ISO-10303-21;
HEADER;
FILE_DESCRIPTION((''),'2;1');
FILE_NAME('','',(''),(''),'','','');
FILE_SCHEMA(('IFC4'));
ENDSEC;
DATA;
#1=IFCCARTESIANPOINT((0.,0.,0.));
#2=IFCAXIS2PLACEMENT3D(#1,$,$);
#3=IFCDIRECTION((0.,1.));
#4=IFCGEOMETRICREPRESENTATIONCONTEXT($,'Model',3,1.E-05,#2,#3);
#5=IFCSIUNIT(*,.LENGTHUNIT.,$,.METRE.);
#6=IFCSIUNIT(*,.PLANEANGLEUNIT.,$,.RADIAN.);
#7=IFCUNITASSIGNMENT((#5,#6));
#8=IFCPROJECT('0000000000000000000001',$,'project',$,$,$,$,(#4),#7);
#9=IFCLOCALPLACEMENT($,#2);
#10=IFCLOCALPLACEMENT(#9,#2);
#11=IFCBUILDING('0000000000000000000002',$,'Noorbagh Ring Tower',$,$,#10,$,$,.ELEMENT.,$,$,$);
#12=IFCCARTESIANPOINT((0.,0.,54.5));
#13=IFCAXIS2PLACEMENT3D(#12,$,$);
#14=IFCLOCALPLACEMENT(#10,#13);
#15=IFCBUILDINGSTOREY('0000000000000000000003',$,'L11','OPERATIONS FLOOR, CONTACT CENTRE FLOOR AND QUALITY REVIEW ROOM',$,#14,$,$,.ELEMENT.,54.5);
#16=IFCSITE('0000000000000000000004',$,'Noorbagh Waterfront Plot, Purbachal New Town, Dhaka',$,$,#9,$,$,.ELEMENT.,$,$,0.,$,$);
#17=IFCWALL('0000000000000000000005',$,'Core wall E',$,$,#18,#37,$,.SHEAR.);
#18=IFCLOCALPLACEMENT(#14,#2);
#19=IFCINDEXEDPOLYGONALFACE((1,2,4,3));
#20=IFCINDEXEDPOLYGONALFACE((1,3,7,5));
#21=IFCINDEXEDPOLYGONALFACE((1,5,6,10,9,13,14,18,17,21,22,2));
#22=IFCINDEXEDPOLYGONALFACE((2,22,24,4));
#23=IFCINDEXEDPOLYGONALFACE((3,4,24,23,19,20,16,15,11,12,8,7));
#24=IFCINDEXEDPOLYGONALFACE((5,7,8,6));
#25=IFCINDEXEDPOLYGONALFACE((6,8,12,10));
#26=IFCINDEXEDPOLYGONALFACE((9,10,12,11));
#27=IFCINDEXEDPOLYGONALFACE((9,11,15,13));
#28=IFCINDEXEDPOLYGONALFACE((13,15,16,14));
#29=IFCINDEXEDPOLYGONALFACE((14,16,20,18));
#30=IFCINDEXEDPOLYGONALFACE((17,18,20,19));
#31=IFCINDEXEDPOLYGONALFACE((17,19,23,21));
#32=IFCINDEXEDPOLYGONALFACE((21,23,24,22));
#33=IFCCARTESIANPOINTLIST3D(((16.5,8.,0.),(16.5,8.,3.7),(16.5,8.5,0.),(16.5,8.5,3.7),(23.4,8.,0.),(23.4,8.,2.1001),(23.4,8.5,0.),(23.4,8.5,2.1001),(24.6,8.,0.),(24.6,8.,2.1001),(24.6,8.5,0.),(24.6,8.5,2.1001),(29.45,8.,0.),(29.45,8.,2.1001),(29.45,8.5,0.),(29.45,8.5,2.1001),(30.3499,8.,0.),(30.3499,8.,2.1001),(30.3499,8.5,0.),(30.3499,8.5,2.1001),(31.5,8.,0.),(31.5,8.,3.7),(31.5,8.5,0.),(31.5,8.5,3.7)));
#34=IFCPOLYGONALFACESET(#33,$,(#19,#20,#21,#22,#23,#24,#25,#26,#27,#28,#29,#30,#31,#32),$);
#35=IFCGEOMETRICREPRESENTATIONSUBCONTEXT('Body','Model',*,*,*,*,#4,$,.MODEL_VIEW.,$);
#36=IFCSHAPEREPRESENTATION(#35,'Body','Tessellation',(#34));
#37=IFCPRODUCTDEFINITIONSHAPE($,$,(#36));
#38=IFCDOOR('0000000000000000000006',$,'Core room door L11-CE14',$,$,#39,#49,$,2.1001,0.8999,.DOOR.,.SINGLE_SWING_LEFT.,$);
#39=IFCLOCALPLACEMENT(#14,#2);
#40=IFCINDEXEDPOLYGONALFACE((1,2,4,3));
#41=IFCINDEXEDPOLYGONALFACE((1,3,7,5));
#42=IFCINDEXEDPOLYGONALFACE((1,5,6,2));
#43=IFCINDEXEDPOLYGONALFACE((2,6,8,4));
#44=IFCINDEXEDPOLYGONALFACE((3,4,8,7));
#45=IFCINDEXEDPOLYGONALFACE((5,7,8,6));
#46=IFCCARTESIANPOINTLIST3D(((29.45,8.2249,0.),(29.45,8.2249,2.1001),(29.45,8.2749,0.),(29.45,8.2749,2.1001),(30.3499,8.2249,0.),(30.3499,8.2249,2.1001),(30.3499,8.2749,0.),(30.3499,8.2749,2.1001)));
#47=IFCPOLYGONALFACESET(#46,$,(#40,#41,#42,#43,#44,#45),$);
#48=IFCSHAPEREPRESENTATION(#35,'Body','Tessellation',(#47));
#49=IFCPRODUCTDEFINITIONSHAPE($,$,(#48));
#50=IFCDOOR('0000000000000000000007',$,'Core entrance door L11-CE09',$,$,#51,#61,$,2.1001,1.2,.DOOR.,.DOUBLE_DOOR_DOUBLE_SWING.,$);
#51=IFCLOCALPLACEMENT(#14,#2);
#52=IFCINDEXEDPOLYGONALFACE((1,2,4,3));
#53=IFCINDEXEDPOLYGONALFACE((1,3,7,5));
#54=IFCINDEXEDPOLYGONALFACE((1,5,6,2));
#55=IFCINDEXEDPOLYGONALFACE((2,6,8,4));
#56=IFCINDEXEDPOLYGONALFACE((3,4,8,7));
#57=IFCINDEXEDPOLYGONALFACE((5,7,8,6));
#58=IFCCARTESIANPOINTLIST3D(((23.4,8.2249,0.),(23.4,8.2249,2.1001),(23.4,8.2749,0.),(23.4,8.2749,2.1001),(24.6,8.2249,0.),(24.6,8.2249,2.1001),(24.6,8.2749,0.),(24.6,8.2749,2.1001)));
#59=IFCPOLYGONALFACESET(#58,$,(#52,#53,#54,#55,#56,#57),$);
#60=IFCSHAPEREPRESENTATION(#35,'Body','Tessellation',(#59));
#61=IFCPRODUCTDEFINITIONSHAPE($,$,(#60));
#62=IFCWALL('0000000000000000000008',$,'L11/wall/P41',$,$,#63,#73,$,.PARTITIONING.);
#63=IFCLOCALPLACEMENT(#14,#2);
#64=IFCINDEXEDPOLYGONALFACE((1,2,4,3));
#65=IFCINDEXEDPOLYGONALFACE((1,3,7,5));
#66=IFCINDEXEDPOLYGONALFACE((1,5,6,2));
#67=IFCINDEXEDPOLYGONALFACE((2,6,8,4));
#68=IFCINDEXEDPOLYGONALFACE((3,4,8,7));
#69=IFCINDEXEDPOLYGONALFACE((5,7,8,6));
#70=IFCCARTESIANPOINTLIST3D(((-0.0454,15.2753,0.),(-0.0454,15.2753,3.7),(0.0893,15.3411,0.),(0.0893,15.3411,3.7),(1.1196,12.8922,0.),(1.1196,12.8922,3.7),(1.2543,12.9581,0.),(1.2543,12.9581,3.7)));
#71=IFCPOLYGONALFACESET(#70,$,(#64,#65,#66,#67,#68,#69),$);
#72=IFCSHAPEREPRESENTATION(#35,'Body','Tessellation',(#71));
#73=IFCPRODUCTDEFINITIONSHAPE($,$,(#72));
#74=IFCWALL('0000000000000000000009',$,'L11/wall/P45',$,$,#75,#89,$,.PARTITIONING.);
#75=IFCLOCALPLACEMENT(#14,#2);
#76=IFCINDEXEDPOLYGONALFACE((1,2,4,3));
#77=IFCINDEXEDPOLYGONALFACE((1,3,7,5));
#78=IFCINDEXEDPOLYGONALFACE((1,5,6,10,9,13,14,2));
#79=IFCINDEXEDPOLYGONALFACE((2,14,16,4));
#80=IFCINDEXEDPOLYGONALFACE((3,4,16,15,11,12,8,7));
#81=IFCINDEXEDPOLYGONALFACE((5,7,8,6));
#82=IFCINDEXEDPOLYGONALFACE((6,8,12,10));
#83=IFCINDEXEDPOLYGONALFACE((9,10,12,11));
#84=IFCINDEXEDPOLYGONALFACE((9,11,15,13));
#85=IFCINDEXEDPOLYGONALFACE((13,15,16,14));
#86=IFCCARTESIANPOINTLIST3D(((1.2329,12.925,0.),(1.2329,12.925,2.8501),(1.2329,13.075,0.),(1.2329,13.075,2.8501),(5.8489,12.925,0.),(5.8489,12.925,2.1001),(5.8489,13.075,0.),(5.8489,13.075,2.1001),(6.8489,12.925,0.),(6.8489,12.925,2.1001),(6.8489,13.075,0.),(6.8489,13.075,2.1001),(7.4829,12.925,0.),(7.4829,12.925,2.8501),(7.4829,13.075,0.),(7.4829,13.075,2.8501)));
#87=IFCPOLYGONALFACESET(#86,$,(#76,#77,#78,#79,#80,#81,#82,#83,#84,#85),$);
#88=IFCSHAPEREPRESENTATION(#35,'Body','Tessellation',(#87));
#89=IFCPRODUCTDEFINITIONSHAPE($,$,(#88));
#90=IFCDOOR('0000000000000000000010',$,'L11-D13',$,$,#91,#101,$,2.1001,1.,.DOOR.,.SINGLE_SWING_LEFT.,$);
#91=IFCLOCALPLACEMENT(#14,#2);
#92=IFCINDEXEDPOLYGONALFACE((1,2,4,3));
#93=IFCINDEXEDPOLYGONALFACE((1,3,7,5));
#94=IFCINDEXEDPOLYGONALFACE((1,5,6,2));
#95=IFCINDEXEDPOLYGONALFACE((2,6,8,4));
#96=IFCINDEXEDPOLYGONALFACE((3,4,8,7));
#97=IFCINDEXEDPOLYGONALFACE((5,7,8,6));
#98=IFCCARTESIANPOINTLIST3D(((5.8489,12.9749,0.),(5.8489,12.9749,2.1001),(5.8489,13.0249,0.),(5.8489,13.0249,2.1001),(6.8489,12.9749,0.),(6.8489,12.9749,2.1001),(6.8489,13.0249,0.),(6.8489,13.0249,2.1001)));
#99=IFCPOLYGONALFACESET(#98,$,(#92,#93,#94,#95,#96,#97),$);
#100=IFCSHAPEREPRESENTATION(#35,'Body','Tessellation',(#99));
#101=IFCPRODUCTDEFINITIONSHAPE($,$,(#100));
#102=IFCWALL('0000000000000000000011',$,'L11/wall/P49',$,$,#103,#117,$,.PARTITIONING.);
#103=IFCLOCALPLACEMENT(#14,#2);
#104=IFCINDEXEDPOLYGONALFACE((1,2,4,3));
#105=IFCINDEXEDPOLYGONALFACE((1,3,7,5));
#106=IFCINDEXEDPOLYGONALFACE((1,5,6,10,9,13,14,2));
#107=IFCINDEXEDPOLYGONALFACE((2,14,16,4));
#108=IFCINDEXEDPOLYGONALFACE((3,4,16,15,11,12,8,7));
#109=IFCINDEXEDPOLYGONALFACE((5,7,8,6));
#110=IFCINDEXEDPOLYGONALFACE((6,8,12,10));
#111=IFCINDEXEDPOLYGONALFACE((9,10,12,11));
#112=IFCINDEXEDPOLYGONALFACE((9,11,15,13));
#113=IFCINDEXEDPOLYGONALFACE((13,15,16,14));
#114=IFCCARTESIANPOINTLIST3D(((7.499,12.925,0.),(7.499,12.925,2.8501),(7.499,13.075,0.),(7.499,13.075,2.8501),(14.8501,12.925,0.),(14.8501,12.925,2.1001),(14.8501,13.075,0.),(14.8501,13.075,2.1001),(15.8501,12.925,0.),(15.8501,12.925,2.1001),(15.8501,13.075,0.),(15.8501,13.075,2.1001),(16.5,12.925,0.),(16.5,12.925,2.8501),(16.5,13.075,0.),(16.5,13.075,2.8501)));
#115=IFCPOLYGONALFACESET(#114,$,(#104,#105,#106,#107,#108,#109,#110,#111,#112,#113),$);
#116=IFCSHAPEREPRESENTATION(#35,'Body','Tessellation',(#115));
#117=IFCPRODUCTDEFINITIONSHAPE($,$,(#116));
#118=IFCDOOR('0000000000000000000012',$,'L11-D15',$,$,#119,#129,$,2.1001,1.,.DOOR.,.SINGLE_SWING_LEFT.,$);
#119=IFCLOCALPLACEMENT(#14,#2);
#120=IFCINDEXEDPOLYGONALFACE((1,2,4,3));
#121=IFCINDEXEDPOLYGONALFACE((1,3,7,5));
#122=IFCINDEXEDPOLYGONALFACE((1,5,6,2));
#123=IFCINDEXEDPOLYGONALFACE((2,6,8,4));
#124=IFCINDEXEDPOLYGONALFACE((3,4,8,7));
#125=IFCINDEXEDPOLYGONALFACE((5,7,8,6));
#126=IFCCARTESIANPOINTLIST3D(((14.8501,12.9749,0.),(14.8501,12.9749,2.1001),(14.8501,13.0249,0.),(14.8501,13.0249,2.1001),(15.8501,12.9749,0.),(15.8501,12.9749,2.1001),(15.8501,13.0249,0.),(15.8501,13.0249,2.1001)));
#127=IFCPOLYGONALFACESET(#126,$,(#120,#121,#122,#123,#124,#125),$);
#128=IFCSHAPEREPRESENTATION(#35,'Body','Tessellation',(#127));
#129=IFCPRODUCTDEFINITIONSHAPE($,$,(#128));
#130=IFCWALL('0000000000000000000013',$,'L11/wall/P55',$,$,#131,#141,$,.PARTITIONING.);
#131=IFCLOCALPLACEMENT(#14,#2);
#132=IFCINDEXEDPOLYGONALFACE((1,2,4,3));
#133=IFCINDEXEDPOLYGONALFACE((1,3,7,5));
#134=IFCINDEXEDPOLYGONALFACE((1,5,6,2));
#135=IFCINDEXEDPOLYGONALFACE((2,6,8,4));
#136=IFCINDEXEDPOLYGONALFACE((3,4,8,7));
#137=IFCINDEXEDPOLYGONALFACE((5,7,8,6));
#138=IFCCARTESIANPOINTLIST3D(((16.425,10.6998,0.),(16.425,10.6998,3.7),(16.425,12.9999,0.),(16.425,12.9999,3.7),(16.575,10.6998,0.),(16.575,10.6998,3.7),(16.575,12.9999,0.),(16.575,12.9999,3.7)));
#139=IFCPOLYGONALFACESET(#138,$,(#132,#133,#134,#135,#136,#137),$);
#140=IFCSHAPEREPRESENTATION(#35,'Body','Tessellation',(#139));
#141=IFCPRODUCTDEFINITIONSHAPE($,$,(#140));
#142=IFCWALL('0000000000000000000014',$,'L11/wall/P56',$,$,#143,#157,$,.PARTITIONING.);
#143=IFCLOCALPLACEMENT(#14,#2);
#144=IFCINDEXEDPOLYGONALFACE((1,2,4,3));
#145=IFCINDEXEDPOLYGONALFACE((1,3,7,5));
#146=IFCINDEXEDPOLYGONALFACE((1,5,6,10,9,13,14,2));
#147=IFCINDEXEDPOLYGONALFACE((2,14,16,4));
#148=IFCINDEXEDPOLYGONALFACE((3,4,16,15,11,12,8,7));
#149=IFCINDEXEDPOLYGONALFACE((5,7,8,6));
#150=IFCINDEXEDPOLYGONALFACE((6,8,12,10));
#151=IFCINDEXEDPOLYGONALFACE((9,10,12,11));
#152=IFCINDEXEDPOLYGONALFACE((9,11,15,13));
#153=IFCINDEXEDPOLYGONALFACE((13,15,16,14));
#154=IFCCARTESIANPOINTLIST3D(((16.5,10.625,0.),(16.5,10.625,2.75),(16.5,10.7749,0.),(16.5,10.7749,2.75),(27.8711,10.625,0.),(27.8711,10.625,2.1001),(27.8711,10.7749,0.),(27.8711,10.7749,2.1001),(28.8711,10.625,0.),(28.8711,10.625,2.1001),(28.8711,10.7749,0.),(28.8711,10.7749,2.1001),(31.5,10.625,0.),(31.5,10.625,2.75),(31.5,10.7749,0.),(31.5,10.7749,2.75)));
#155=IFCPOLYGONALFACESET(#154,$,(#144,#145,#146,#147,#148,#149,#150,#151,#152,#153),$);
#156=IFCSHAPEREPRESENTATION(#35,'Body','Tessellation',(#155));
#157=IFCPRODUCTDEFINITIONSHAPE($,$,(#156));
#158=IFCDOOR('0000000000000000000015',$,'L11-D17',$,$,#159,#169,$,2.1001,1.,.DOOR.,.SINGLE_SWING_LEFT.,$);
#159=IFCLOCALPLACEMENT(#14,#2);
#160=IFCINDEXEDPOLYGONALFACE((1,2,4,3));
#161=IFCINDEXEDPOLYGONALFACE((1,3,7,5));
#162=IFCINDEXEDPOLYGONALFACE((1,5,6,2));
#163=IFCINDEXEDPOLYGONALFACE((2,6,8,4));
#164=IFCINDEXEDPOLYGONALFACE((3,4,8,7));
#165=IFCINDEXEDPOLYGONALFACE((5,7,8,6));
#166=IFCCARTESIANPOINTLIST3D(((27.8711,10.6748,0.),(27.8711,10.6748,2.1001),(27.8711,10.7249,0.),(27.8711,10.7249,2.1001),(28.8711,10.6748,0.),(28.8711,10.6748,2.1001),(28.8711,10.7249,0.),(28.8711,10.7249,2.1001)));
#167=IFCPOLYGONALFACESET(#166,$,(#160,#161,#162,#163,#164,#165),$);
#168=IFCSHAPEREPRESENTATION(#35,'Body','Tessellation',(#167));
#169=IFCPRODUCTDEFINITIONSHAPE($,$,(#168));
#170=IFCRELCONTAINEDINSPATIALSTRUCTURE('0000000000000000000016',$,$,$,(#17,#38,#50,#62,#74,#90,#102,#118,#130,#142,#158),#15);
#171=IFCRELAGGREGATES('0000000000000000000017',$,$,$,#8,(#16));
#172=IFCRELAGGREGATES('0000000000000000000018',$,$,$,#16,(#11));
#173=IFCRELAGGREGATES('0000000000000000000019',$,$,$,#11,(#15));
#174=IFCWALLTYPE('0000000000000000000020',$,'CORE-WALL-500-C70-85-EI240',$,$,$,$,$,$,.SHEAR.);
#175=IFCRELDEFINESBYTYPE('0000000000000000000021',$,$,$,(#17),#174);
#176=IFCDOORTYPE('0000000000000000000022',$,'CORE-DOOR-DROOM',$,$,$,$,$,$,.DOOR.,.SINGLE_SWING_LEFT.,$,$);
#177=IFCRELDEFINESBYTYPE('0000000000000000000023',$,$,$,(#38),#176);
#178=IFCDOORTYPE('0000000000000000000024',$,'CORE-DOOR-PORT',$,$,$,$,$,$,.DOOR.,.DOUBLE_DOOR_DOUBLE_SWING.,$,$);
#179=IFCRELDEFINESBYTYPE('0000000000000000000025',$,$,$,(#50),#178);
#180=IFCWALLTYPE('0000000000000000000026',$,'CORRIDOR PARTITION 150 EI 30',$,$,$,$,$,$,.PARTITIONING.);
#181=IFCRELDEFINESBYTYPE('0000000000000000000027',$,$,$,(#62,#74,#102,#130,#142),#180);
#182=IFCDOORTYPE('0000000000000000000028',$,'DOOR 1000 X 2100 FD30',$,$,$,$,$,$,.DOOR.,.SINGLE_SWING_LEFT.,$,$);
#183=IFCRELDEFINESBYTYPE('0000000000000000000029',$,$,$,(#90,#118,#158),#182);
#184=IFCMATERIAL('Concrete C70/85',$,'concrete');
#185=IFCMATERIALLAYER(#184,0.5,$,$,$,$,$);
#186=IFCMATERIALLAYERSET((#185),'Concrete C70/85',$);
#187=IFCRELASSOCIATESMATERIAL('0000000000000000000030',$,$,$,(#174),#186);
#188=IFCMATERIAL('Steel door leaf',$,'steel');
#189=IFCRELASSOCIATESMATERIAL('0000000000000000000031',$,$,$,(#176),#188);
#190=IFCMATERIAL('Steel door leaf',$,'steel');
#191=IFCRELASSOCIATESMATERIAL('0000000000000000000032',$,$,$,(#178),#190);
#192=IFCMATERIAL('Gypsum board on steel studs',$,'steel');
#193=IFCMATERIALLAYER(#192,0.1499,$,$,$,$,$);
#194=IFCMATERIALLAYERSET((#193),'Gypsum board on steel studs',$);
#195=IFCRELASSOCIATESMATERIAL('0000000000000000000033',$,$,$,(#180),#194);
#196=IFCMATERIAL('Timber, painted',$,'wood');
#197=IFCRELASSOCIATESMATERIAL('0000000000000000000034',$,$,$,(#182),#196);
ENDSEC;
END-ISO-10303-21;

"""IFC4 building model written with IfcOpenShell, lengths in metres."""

from ifc_helpers import new_model, si_unit, direction, frame, frame_2d, origin, place, context, subcontext, project, spatial, rectangle, extrude, material, layer, layer_set, type_object, element, fill, save


model = new_model("IFC4")

# Units and contexts
model_context = context("Model", 3, precision=1e-05, world=origin(), true_north=direction((0.0, 1.0)))
body_context = subcontext(model_context, "Body", "Model", "MODEL_VIEW")
ifc_project = project(units=[si_unit("LENGTHUNIT", "METRE"), si_unit("PLANEANGLEUNIT", "RADIAN")], contexts=[model_context])

# Site, building, storey
site_placement = place(None, origin())
site = spatial("IfcSite", under=ifc_project, at=site_placement, Name="Noorbagh Waterfront Plot, Purbachal New Town, Dhaka", CompositionType="ELEMENT", RefElevation=0.0)
building_placement = place(site_placement, origin())
building = spatial("IfcBuilding", under=site, at=building_placement, Name="Noorbagh Ring Tower", CompositionType="ELEMENT")
storey_placement = place(building_placement, frame((0.0, 0.0, 54.5)))
storey = spatial("IfcBuildingStorey", under=building, at=storey_placement, Name="L11", Description="OPERATIONS FLOOR, CONTACT CENTRE FLOOR AND QUALITY REVIEW ROOM", CompositionType="ELEMENT", Elevation=54.5)

# Wall, openings, doors
ifc_material_1 = material(Name="Concrete C70/85", Category="concrete")
ifc_layer_1 = layer(ifc_material_1, 0.5)
ifc_layer_set_1 = layer_set([ifc_layer_1], Name="Concrete C70/85")
wall_type_1 = type_object("IfcWallType", Name="CORE-WALL-500-C70-85-EI240", PredefinedType="SHEAR", material=ifc_layer_set_1)
wall_1_placement = place(storey_placement, frame((16.5, 8.25, 0.0), z_axis=(0.0, 0.0, 1.0), x_axis=(1.0, 0.0, 0.0)))
wall_1 = element("IfcWall", 1, at=wall_1_placement, inside=storey, type_object=wall_type_1, Name="Core wall E", PredefinedType="SHEAR", context=body_context, shape_type="SweptSolid", body=[
    extrude(rectangle(XDim=15.0, YDim=0.5, at=frame_2d((7.5, 0.0))), origin(), (0.0, 0.0, 1.0), 3.7),
])
opening_1_placement = place(wall_1_placement, frame((6.8999, 0.0, 0.0)))
opening_1 = element("IfcOpeningElement", 2, at=opening_1_placement, cuts=wall_1, PredefinedType="OPENING", context=body_context, shape_type="SweptSolid", body=[
    extrude(rectangle(XDim=1.2, YDim=2.1001, at=frame_2d((0.6001, 1.05))), frame((0.0, 0.26, 0.0), z_axis=(0.0, -1.0, 0.0), x_axis=(1.0, 0.0, 0.0)), (0.0, 0.0, 1.0), 0.52),
])
opening_2_placement = place(wall_1_placement, frame((12.95, 0.0, 0.0)))
opening_2 = element("IfcOpeningElement", 3, at=opening_2_placement, cuts=wall_1, PredefinedType="OPENING", context=body_context, shape_type="SweptSolid", body=[
    extrude(rectangle(XDim=0.8999, YDim=2.1001, at=frame_2d((0.45, 1.05))), frame((0.0, 0.26, 0.0), z_axis=(0.0, -1.0, 0.0), x_axis=(1.0, 0.0, 0.0)), (0.0, 0.0, 1.0), 0.52),
])
ifc_material_2 = material(Name="Steel door leaf", Category="steel")
door_type_1 = type_object("IfcDoorType", Name="CORE-DOOR-DROOM", OperationType="SINGLE_SWING_LEFT", PredefinedType="DOOR", material=ifc_material_2)
door_1_placement = place(opening_2_placement, origin())
door_1 = element("IfcDoor", 4, at=door_1_placement, inside=storey, type_object=door_type_1, Name="Core room door L11-CE14", OperationType="SINGLE_SWING_LEFT", OverallHeight=2.1001, OverallWidth=0.8999, PredefinedType="DOOR", context=body_context, shape_type="SweptSolid", body=[
    extrude(rectangle(XDim=0.8999, YDim=2.1001, at=frame_2d((0.45, 1.05))), frame((0.0, 0.0249, 0.0), z_axis=(0.0, -1.0, 0.0), x_axis=(1.0, 0.0, 0.0)), (0.0, 0.0, 1.0), 0.05),
])
fill(opening_2, door_1)
ifc_material_3 = material(Name="Steel door leaf", Category="steel")
door_type_2 = type_object("IfcDoorType", Name="CORE-DOOR-PORT", OperationType="DOUBLE_DOOR_DOUBLE_SWING", PredefinedType="DOOR", material=ifc_material_3)
door_2_placement = place(opening_1_placement, origin())
door_2 = element("IfcDoor", 5, at=door_2_placement, inside=storey, type_object=door_type_2, Name="Core entrance door L11-CE09", OperationType="DOUBLE_DOOR_DOUBLE_SWING", OverallHeight=2.1001, OverallWidth=1.2, PredefinedType="DOOR", context=body_context, shape_type="SweptSolid", body=[
    extrude(rectangle(XDim=1.2, YDim=2.1001, at=frame_2d((0.6001, 1.05))), frame((0.0, 0.0249, 0.0), z_axis=(0.0, -1.0, 0.0), x_axis=(1.0, 0.0, 0.0)), (0.0, 0.0, 1.0), 0.05),
])
fill(opening_1, door_2)

# Wall
ifc_material_4 = material(Name="Gypsum board on steel studs", Category="steel")
ifc_layer_2 = layer(ifc_material_4, 0.1499)
ifc_layer_set_2 = layer_set([ifc_layer_2], Name="Gypsum board on steel studs")
wall_type_2 = type_object("IfcWallType", Name="CORRIDOR PARTITION 150 EI 30", PredefinedType="PARTITIONING", material=ifc_layer_set_2)
wall_2_placement = place(storey_placement, frame((0.022, 15.3081, 0.0), z_axis=(0.0, 0.0, 1.0), x_axis=(0.439207, -0.898386, 0.0)))
element("IfcWall", 6, at=wall_2_placement, inside=storey, type_object=wall_type_2, Name="L11/wall/P41", PredefinedType="PARTITIONING", context=body_context, shape_type="SweptSolid", body=[
    extrude(rectangle(XDim=2.6526, YDim=0.1499, at=frame_2d((1.3262, 0.0))), origin(), (0.0, 0.0, 1.0), 3.7),
])

# Walls, openings, doors
wall_3_placement = place(storey_placement, frame((1.2329, 13.0, 0.0), z_axis=(0.0, 0.0, 1.0), x_axis=(1.0, 0.0, 0.0)))
wall_3 = element("IfcWall", 7, at=wall_3_placement, inside=storey, type_object=wall_type_2, Name="L11/wall/P45", PredefinedType="PARTITIONING", context=body_context, shape_type="SweptSolid", body=[
    extrude(rectangle(XDim=6.25, YDim=0.1499, at=frame_2d((3.125, 0.0))), origin(), (0.0, 0.0, 1.0), 2.8501),
])
opening_3_placement = place(wall_3_placement, frame((4.616, 0.0, 0.0)))
opening_3 = element("IfcOpeningElement", 8, at=opening_3_placement, cuts=wall_3, PredefinedType="OPENING", context=body_context, shape_type="SweptSolid", body=[
    extrude(rectangle(XDim=1.0, YDim=2.1001, at=frame_2d((0.5, 1.05))), frame((0.0, 0.085, 0.0), z_axis=(0.0, -1.0, 0.0), x_axis=(1.0, 0.0, 0.0)), (0.0, 0.0, 1.0), 0.1699),
])
ifc_material_5 = material(Name="Timber, painted", Category="wood")
door_type_3 = type_object("IfcDoorType", Name="DOOR 1000 X 2100 FD30", OperationType="SINGLE_SWING_LEFT", PredefinedType="DOOR", material=ifc_material_5)
door_3_placement = place(opening_3_placement, origin())
door_3 = element("IfcDoor", 9, at=door_3_placement, inside=storey, type_object=door_type_3, Name="L11-D13", OperationType="SINGLE_SWING_LEFT", OverallHeight=2.1001, OverallWidth=1.0, PredefinedType="DOOR", context=body_context, shape_type="SweptSolid", body=[
    extrude(rectangle(XDim=1.0, YDim=2.1001, at=frame_2d((0.5, 1.05))), frame((0.0, 0.0249, 0.0), z_axis=(0.0, -1.0, 0.0), x_axis=(1.0, 0.0, 0.0)), (0.0, 0.0, 1.0), 0.05),
])
fill(opening_3, door_3)
wall_4_placement = place(storey_placement, frame((7.499, 13.0, 0.0), z_axis=(0.0, 0.0, 1.0), x_axis=(1.0, 0.0, 0.0)))
wall_4 = element("IfcWall", 10, at=wall_4_placement, inside=storey, type_object=wall_type_2, Name="L11/wall/P49", PredefinedType="PARTITIONING", context=body_context, shape_type="SweptSolid", body=[
    extrude(rectangle(XDim=9.001, YDim=0.1499, at=frame_2d((4.5005, 0.0))), origin(), (0.0, 0.0, 1.0), 2.8501),
])
opening_4_placement = place(wall_4_placement, frame((7.3511, 0.0, 0.0)))
opening_4 = element("IfcOpeningElement", 11, at=opening_4_placement, cuts=wall_4, PredefinedType="OPENING", context=body_context, shape_type="SweptSolid", body=[
    extrude(rectangle(XDim=1.0, YDim=2.1001, at=frame_2d((0.5, 1.05))), frame((0.0, 0.085, 0.0), z_axis=(0.0, -1.0, 0.0), x_axis=(1.0, 0.0, 0.0)), (0.0, 0.0, 1.0), 0.1699),
])
door_4_placement = place(opening_4_placement, origin())
door_4 = element("IfcDoor", 12, at=door_4_placement, inside=storey, type_object=door_type_3, Name="L11-D15", OperationType="SINGLE_SWING_LEFT", OverallHeight=2.1001, OverallWidth=1.0, PredefinedType="DOOR", context=body_context, shape_type="SweptSolid", body=[
    extrude(rectangle(XDim=1.0, YDim=2.1001, at=frame_2d((0.5, 1.05))), frame((0.0, 0.0249, 0.0), z_axis=(0.0, -1.0, 0.0), x_axis=(1.0, 0.0, 0.0)), (0.0, 0.0, 1.0), 0.05),
])
fill(opening_4, door_4)

# Wall
wall_5_placement = place(storey_placement, frame((16.5, 10.7, 0.0), z_axis=(0.0, 0.0, 1.0), x_axis=(0.0, 1.0, 0.0)))
element("IfcWall", 13, at=wall_5_placement, inside=storey, type_object=wall_type_2, Name="L11/wall/P55", PredefinedType="PARTITIONING", context=body_context, shape_type="SweptSolid", body=[
    extrude(rectangle(XDim=2.3, YDim=0.1499, at=frame_2d((1.1499, 0.0))), origin(), (0.0, 0.0, 1.0), 3.7),
])

# Wall, opening, door
wall_6_placement = place(storey_placement, frame((16.5, 10.7, 0.0), z_axis=(0.0, 0.0, 1.0), x_axis=(1.0, 0.0, 0.0)))
wall_6 = element("IfcWall", 14, at=wall_6_placement, inside=storey, type_object=wall_type_2, Name="L11/wall/P56", PredefinedType="PARTITIONING", context=body_context, shape_type="SweptSolid", body=[
    extrude(rectangle(XDim=15.0, YDim=0.1499, at=frame_2d((7.5, 0.0))), origin(), (0.0, 0.0, 1.0), 2.75),
])
opening_5_placement = place(wall_6_placement, frame((11.3711, 0.0, 0.0)))
opening_5 = element("IfcOpeningElement", 15, at=opening_5_placement, cuts=wall_6, PredefinedType="OPENING", context=body_context, shape_type="SweptSolid", body=[
    extrude(rectangle(XDim=1.0, YDim=2.1001, at=frame_2d((0.5, 1.05))), frame((0.0, 0.085, 0.0), z_axis=(0.0, -1.0, 0.0), x_axis=(1.0, 0.0, 0.0)), (0.0, 0.0, 1.0), 0.1699),
])
door_5_placement = place(opening_5_placement, origin())
door_5 = element("IfcDoor", 16, at=door_5_placement, inside=storey, type_object=door_type_3, Name="L11-D17", OperationType="SINGLE_SWING_LEFT", OverallHeight=2.1001, OverallWidth=1.0, PredefinedType="DOOR", context=body_context, shape_type="SweptSolid", body=[
    extrude(rectangle(XDim=1.0, YDim=2.1001, at=frame_2d((0.5, 1.05))), frame((0.0, 0.0249, 0.0), z_axis=(0.0, -1.0, 0.0), x_axis=(1.0, 0.0, 0.0)), (0.0, 0.0, 1.0), 0.05),
])
fill(opening_5, door_5)

save(model, "model.ifc")
